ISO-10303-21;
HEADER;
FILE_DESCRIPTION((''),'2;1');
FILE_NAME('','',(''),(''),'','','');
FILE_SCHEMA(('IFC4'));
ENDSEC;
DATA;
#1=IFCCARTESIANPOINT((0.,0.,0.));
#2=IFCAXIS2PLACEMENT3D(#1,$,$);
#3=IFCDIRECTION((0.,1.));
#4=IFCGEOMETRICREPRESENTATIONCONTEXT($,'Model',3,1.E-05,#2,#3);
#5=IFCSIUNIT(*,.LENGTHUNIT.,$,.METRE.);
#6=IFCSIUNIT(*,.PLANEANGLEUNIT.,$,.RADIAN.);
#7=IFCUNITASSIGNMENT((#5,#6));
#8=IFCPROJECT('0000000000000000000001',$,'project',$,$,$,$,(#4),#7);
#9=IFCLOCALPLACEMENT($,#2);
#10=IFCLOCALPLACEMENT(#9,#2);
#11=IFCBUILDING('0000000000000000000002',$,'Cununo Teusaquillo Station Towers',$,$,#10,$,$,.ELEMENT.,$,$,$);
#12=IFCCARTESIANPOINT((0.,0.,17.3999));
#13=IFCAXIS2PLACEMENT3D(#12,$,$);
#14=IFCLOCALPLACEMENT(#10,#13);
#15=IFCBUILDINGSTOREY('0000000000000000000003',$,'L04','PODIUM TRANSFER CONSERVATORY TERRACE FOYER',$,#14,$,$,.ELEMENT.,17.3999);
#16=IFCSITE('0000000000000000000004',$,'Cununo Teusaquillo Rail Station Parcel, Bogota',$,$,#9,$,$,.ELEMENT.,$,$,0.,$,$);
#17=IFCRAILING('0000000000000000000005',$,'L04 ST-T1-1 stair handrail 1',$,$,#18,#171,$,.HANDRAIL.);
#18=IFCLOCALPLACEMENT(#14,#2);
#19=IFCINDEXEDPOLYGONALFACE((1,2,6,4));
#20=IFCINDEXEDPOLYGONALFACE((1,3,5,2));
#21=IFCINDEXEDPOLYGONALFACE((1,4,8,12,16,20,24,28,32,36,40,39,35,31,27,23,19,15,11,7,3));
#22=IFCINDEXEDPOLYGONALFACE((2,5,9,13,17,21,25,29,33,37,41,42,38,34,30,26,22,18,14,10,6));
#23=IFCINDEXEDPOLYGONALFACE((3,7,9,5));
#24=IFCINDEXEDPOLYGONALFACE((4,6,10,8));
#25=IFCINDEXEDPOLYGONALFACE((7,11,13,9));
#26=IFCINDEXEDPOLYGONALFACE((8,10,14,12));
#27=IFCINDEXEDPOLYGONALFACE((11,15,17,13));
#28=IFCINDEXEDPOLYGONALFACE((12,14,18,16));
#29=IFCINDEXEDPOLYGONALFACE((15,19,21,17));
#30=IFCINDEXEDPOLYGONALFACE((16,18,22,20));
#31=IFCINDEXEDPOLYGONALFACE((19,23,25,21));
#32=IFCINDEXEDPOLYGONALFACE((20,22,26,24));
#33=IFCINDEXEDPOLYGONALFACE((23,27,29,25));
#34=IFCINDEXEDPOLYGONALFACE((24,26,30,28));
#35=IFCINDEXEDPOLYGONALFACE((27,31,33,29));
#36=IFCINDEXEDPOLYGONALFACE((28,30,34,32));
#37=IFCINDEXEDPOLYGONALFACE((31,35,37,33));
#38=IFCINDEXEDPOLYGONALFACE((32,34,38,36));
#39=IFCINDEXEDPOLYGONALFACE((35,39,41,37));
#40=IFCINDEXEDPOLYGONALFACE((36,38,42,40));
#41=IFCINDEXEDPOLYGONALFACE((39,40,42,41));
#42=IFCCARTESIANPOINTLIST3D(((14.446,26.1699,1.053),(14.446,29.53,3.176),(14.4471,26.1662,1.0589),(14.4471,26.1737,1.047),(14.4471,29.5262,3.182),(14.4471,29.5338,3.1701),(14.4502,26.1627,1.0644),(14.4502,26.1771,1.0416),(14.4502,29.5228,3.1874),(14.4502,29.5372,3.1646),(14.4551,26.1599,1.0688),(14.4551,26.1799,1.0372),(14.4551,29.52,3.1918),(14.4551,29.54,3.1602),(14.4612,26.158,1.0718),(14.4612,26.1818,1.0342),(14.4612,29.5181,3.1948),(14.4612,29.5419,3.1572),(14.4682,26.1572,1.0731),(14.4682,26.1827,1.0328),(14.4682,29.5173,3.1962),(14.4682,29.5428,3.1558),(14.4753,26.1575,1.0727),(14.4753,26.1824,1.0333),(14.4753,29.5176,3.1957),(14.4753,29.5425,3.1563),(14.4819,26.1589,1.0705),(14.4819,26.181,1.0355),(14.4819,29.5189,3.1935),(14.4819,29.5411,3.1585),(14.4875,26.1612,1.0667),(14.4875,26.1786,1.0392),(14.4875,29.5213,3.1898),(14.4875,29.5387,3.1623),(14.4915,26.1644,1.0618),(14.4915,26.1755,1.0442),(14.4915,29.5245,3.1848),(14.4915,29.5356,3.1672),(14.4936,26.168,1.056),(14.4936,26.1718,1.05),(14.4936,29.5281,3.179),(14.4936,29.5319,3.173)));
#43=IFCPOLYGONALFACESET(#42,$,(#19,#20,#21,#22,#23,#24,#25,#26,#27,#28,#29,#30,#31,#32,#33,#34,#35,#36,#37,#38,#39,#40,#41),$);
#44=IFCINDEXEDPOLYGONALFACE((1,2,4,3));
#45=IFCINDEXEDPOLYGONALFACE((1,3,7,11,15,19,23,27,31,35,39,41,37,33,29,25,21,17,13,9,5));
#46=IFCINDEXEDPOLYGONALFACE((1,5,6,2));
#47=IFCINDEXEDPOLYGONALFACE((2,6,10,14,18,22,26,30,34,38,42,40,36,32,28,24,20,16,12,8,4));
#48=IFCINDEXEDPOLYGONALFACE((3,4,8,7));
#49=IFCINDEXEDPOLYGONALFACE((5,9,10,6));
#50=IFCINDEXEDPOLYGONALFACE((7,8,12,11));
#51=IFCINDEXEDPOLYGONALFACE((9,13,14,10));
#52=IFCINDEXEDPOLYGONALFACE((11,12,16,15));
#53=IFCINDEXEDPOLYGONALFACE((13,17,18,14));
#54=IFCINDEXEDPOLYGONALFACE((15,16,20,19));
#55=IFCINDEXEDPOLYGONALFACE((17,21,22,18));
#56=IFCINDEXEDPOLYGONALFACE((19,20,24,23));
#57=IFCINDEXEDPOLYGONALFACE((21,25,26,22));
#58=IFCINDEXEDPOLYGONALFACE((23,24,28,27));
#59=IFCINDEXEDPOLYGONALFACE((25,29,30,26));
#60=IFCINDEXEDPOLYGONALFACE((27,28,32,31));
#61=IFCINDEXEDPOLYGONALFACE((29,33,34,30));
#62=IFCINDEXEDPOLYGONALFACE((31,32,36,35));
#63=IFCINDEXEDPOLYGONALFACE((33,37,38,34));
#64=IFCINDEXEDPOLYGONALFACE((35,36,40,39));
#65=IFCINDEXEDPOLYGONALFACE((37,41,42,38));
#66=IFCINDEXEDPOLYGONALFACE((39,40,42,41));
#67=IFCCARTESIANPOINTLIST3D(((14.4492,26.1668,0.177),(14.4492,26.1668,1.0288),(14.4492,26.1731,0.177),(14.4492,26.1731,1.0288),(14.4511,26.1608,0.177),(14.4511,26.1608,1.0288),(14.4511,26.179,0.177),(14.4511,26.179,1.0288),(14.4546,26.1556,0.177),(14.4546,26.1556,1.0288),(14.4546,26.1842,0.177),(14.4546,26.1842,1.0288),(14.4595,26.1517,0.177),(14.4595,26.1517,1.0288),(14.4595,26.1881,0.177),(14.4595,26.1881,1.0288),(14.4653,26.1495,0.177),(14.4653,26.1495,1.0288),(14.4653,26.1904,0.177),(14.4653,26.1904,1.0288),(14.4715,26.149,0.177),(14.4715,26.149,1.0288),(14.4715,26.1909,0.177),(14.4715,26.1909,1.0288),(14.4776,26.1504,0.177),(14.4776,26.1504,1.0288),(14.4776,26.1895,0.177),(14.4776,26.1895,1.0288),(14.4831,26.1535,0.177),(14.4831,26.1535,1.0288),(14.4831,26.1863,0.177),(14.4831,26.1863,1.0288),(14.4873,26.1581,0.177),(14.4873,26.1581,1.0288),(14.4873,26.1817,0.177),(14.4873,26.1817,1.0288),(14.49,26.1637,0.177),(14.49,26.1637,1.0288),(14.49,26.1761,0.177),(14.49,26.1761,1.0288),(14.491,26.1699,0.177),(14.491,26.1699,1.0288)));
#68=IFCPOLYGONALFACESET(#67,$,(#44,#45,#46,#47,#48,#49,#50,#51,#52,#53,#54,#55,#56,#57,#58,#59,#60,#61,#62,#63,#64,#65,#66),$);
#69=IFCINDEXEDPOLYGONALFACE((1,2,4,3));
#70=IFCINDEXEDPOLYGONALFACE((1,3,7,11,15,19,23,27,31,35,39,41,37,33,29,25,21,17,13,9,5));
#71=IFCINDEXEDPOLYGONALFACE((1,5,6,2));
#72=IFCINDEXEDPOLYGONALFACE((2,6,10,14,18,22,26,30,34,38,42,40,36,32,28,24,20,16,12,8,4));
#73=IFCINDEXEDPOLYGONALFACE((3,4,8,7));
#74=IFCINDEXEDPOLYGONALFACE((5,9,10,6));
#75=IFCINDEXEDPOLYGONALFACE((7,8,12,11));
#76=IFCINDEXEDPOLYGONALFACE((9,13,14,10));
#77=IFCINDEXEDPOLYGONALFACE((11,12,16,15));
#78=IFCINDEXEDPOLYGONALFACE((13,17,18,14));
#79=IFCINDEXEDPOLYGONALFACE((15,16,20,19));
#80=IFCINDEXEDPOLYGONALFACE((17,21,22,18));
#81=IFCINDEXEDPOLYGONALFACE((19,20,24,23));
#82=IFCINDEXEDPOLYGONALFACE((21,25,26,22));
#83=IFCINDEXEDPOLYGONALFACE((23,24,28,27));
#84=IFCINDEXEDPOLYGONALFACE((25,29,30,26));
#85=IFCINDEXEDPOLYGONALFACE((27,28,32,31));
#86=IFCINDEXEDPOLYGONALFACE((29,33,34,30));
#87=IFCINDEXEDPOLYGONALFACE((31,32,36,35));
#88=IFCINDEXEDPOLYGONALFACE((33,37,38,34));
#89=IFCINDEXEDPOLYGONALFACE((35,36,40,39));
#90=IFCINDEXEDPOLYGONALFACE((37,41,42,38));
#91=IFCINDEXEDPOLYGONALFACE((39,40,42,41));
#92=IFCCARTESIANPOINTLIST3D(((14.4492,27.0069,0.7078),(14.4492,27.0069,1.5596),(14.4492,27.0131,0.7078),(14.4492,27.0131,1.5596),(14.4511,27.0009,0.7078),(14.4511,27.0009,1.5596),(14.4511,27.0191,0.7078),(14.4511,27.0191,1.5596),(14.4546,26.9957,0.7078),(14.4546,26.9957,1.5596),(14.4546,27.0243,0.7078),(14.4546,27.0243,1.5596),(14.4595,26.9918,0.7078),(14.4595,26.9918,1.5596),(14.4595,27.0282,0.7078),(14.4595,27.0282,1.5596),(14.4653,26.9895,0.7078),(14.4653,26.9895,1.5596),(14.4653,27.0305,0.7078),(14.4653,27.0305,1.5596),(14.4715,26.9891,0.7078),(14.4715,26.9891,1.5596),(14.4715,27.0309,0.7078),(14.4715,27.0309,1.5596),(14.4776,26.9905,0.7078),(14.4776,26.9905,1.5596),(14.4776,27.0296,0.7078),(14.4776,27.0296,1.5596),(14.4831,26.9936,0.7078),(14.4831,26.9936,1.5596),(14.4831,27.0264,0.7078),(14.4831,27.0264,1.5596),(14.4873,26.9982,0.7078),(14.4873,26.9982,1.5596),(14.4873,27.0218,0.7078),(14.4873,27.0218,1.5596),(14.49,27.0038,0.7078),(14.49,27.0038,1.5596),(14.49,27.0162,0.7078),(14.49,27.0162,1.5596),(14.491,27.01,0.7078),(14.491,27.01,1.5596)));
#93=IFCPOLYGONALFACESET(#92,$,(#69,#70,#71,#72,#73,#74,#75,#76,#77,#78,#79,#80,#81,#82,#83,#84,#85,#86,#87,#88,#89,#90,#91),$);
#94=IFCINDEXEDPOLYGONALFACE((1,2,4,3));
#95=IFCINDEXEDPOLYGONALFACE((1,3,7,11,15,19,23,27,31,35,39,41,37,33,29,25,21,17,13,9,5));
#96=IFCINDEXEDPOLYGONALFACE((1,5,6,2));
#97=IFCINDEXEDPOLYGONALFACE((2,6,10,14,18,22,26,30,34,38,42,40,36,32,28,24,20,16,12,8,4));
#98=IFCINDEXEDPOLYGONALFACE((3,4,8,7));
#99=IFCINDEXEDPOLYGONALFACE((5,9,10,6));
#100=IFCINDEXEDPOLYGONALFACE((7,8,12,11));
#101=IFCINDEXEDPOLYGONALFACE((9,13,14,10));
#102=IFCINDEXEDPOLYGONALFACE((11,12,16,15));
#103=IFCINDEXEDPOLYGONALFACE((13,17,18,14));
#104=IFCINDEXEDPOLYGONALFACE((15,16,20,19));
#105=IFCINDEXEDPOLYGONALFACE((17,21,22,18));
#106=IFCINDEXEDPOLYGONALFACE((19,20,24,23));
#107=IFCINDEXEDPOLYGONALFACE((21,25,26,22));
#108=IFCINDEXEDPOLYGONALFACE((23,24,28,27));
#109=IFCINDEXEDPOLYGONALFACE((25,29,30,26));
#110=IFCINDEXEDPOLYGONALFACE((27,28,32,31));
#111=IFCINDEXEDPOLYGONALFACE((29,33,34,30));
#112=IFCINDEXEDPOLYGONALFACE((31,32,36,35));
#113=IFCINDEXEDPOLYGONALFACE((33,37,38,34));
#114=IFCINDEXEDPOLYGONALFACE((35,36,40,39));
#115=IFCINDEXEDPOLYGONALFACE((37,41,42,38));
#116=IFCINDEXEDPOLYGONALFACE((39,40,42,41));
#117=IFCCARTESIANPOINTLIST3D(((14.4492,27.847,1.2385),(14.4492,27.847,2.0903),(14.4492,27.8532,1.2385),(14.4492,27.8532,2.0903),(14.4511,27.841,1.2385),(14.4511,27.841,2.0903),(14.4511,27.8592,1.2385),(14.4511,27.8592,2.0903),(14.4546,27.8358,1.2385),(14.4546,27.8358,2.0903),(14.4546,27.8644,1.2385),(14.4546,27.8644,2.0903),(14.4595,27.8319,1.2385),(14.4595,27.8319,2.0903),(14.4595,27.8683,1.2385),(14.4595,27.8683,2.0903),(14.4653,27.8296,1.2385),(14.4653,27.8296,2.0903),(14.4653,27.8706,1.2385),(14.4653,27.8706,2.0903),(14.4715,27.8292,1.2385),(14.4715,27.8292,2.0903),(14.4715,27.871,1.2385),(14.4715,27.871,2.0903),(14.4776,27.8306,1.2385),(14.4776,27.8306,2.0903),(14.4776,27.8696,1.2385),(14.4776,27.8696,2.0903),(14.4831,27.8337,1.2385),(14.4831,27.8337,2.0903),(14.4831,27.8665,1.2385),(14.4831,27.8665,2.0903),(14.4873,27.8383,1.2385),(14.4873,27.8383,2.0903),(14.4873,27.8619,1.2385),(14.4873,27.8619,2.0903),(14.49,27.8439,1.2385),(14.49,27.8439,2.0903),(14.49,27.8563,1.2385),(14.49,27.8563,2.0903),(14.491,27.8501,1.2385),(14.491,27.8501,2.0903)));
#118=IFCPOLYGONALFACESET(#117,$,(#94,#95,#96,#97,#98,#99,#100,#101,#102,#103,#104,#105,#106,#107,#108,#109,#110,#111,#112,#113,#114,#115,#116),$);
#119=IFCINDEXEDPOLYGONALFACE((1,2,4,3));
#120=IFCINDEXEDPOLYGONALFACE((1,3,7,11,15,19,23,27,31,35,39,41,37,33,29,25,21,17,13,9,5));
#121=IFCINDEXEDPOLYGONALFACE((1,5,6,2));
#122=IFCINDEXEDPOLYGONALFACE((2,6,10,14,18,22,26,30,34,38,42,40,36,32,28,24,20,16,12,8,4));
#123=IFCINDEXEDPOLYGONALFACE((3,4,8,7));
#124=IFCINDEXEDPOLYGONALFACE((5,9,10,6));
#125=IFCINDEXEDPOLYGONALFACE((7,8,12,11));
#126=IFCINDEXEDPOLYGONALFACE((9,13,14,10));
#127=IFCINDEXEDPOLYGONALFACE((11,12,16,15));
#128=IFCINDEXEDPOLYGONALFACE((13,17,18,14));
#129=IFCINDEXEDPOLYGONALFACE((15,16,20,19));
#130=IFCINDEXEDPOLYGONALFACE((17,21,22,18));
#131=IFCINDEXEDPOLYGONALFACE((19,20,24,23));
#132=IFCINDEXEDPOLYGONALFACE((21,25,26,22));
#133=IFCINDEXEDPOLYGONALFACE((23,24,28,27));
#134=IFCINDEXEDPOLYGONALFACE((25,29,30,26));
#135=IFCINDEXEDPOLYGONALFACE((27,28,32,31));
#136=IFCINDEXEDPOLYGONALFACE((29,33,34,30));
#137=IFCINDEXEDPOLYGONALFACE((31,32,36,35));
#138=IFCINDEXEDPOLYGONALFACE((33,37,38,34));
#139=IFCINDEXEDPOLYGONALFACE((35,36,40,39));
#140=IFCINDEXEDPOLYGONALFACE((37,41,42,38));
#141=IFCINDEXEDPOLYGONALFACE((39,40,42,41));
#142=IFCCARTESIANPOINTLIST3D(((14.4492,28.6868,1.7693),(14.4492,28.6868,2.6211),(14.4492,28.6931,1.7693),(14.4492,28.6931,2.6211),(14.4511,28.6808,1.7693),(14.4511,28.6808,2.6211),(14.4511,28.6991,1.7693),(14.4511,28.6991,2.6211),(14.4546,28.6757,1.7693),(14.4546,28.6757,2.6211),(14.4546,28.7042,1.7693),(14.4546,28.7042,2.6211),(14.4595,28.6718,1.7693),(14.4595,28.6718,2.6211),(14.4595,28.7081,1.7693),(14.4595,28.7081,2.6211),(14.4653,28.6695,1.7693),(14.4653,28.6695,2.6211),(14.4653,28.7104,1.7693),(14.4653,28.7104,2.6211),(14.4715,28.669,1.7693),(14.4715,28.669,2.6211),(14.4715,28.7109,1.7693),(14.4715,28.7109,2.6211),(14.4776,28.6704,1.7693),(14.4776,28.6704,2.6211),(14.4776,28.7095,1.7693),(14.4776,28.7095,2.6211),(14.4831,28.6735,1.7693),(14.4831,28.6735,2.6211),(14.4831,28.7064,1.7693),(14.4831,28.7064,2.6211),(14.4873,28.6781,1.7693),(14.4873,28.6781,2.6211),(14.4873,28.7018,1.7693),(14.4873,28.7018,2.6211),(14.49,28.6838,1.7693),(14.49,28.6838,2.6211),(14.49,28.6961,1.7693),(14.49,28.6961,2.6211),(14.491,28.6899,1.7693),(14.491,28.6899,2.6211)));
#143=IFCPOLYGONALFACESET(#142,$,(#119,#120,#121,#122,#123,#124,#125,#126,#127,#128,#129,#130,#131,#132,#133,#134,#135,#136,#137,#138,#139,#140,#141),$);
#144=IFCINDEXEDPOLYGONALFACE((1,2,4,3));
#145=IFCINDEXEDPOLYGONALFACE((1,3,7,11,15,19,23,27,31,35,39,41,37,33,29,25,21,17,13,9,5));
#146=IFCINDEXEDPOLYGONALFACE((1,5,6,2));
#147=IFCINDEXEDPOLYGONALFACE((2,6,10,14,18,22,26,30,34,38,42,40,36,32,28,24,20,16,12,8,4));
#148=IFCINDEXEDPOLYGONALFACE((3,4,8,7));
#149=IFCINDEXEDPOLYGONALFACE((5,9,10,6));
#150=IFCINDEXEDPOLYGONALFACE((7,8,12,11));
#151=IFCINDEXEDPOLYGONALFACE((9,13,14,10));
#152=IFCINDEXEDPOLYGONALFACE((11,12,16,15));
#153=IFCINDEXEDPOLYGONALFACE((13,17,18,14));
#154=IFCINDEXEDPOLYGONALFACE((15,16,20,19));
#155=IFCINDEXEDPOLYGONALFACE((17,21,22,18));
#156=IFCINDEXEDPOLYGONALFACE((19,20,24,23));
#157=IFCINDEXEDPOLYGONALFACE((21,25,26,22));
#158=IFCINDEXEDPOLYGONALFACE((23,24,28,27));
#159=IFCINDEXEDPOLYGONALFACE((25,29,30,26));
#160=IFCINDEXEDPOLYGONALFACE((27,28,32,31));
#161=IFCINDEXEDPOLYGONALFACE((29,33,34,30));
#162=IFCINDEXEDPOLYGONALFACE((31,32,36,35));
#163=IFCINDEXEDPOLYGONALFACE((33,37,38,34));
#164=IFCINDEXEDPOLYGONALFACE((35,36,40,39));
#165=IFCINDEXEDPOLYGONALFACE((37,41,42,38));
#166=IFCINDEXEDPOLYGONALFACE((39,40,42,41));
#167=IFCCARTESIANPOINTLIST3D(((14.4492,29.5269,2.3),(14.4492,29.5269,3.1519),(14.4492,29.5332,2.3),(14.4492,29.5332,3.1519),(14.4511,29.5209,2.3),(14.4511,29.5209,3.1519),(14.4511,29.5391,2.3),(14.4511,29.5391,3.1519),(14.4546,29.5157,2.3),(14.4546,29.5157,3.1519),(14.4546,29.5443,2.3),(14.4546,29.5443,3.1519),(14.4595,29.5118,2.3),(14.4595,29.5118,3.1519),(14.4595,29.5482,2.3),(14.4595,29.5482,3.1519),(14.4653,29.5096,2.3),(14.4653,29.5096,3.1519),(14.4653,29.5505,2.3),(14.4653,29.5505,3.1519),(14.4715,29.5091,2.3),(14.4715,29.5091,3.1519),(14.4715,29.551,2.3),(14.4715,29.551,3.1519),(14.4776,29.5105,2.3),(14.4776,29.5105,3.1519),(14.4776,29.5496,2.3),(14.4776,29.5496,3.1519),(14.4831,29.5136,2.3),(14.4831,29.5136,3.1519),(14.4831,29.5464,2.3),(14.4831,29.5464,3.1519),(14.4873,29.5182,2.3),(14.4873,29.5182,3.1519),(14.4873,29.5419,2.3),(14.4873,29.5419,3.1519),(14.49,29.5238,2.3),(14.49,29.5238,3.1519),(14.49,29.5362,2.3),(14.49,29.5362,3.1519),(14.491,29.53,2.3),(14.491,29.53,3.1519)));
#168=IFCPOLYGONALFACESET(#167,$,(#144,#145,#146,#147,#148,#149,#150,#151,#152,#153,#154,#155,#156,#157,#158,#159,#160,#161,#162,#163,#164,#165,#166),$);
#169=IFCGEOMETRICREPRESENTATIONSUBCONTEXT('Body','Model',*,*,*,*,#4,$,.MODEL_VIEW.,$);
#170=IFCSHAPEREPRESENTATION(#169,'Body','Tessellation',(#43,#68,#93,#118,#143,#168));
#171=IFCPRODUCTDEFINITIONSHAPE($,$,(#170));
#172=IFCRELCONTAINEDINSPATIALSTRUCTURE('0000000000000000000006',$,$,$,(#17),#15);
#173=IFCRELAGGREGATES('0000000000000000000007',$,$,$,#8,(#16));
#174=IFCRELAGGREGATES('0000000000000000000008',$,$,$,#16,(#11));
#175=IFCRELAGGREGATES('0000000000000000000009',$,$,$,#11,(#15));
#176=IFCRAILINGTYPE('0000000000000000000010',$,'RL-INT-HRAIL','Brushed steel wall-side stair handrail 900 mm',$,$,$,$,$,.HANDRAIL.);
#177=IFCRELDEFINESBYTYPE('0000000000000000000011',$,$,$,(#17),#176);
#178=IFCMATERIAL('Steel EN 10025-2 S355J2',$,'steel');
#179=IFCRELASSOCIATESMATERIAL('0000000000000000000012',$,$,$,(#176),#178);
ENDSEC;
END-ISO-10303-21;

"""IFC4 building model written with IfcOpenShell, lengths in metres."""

from ifc_helpers import new_model, si_unit, direction, frame, origin, origin_2d, place, context, subcontext, project, spatial, circle, extrude, material, type_object, element, save


model = new_model("IFC4")

# Units and contexts
model_context = context("Model", 3, precision=1e-05, world=origin(), true_north=direction((0.0, 1.0)))
body_context = subcontext(model_context, "Body", "Model", "MODEL_VIEW")
ifc_project = project(units=[si_unit("LENGTHUNIT", "METRE"), si_unit("PLANEANGLEUNIT", "RADIAN")], contexts=[model_context])

# Site, building, storey
site_placement = place(None, origin())
site = spatial("IfcSite", under=ifc_project, at=site_placement, Name="Cununo Teusaquillo Rail Station Parcel, Bogota", CompositionType="ELEMENT", RefElevation=0.0)
building_placement = place(site_placement, origin())
building = spatial("IfcBuilding", under=site, at=building_placement, Name="Cununo Teusaquillo Station Towers", CompositionType="ELEMENT")
storey_placement = place(building_placement, frame((0.0, 0.0, 17.3999)))
storey = spatial("IfcBuildingStorey", under=building, at=storey_placement, Name="L04", Description="PODIUM TRANSFER CONSERVATORY TERRACE FOYER", CompositionType="ELEMENT", Elevation=17.3999)

# Railing
ifc_material_1 = material(Name="Steel EN 10025-2 S355J2", Category="steel")
railing_type_1 = type_object("IfcRailingType", Name="RL-INT-HRAIL", Description="Brushed steel wall-side stair handrail 900 mm", PredefinedType="HANDRAIL", material=ifc_material_1)
railing_1_placement = place(storey_placement, frame((14.47, 26.1699, 0.177)))
element("IfcRailing", 1, at=railing_1_placement, inside=storey, type_object=railing_type_1, Name="L04 ST-T1-1 stair handrail 1", PredefinedType="HANDRAIL", context=body_context, shape_type="SweptSolid", body=[
    extrude(circle(Radius=0.0239, at=origin_2d()), frame((0.0, 0.0, 0.876), z_axis=(0.0, 0.84539, 0.53415), x_axis=(-1.0, 0.0, 0.0)), (0.0, 0.0, 1.0), 3.9746),
    extrude(circle(Radius=0.021, at=origin_2d()), origin(), (0.0, 0.0, 1.0), 0.8518),
    extrude(circle(Radius=0.021, at=origin_2d()), frame((0.0, 0.8401, 0.5308)), (0.0, 0.0, 1.0), 0.8518),
    extrude(circle(Radius=0.021, at=origin_2d()), frame((0.0, 1.6802, 1.0615)), (0.0, 0.0, 1.0), 0.8518),
    extrude(circle(Radius=0.021, at=origin_2d()), frame((0.0, 2.52, 1.5923)), (0.0, 0.0, 1.0), 0.8518),
    extrude(circle(Radius=0.021, at=origin_2d()), frame((0.0, 3.3601, 2.123)), (0.0, 0.0, 1.0), 0.8518),
])

save(model, "model.ifc")
